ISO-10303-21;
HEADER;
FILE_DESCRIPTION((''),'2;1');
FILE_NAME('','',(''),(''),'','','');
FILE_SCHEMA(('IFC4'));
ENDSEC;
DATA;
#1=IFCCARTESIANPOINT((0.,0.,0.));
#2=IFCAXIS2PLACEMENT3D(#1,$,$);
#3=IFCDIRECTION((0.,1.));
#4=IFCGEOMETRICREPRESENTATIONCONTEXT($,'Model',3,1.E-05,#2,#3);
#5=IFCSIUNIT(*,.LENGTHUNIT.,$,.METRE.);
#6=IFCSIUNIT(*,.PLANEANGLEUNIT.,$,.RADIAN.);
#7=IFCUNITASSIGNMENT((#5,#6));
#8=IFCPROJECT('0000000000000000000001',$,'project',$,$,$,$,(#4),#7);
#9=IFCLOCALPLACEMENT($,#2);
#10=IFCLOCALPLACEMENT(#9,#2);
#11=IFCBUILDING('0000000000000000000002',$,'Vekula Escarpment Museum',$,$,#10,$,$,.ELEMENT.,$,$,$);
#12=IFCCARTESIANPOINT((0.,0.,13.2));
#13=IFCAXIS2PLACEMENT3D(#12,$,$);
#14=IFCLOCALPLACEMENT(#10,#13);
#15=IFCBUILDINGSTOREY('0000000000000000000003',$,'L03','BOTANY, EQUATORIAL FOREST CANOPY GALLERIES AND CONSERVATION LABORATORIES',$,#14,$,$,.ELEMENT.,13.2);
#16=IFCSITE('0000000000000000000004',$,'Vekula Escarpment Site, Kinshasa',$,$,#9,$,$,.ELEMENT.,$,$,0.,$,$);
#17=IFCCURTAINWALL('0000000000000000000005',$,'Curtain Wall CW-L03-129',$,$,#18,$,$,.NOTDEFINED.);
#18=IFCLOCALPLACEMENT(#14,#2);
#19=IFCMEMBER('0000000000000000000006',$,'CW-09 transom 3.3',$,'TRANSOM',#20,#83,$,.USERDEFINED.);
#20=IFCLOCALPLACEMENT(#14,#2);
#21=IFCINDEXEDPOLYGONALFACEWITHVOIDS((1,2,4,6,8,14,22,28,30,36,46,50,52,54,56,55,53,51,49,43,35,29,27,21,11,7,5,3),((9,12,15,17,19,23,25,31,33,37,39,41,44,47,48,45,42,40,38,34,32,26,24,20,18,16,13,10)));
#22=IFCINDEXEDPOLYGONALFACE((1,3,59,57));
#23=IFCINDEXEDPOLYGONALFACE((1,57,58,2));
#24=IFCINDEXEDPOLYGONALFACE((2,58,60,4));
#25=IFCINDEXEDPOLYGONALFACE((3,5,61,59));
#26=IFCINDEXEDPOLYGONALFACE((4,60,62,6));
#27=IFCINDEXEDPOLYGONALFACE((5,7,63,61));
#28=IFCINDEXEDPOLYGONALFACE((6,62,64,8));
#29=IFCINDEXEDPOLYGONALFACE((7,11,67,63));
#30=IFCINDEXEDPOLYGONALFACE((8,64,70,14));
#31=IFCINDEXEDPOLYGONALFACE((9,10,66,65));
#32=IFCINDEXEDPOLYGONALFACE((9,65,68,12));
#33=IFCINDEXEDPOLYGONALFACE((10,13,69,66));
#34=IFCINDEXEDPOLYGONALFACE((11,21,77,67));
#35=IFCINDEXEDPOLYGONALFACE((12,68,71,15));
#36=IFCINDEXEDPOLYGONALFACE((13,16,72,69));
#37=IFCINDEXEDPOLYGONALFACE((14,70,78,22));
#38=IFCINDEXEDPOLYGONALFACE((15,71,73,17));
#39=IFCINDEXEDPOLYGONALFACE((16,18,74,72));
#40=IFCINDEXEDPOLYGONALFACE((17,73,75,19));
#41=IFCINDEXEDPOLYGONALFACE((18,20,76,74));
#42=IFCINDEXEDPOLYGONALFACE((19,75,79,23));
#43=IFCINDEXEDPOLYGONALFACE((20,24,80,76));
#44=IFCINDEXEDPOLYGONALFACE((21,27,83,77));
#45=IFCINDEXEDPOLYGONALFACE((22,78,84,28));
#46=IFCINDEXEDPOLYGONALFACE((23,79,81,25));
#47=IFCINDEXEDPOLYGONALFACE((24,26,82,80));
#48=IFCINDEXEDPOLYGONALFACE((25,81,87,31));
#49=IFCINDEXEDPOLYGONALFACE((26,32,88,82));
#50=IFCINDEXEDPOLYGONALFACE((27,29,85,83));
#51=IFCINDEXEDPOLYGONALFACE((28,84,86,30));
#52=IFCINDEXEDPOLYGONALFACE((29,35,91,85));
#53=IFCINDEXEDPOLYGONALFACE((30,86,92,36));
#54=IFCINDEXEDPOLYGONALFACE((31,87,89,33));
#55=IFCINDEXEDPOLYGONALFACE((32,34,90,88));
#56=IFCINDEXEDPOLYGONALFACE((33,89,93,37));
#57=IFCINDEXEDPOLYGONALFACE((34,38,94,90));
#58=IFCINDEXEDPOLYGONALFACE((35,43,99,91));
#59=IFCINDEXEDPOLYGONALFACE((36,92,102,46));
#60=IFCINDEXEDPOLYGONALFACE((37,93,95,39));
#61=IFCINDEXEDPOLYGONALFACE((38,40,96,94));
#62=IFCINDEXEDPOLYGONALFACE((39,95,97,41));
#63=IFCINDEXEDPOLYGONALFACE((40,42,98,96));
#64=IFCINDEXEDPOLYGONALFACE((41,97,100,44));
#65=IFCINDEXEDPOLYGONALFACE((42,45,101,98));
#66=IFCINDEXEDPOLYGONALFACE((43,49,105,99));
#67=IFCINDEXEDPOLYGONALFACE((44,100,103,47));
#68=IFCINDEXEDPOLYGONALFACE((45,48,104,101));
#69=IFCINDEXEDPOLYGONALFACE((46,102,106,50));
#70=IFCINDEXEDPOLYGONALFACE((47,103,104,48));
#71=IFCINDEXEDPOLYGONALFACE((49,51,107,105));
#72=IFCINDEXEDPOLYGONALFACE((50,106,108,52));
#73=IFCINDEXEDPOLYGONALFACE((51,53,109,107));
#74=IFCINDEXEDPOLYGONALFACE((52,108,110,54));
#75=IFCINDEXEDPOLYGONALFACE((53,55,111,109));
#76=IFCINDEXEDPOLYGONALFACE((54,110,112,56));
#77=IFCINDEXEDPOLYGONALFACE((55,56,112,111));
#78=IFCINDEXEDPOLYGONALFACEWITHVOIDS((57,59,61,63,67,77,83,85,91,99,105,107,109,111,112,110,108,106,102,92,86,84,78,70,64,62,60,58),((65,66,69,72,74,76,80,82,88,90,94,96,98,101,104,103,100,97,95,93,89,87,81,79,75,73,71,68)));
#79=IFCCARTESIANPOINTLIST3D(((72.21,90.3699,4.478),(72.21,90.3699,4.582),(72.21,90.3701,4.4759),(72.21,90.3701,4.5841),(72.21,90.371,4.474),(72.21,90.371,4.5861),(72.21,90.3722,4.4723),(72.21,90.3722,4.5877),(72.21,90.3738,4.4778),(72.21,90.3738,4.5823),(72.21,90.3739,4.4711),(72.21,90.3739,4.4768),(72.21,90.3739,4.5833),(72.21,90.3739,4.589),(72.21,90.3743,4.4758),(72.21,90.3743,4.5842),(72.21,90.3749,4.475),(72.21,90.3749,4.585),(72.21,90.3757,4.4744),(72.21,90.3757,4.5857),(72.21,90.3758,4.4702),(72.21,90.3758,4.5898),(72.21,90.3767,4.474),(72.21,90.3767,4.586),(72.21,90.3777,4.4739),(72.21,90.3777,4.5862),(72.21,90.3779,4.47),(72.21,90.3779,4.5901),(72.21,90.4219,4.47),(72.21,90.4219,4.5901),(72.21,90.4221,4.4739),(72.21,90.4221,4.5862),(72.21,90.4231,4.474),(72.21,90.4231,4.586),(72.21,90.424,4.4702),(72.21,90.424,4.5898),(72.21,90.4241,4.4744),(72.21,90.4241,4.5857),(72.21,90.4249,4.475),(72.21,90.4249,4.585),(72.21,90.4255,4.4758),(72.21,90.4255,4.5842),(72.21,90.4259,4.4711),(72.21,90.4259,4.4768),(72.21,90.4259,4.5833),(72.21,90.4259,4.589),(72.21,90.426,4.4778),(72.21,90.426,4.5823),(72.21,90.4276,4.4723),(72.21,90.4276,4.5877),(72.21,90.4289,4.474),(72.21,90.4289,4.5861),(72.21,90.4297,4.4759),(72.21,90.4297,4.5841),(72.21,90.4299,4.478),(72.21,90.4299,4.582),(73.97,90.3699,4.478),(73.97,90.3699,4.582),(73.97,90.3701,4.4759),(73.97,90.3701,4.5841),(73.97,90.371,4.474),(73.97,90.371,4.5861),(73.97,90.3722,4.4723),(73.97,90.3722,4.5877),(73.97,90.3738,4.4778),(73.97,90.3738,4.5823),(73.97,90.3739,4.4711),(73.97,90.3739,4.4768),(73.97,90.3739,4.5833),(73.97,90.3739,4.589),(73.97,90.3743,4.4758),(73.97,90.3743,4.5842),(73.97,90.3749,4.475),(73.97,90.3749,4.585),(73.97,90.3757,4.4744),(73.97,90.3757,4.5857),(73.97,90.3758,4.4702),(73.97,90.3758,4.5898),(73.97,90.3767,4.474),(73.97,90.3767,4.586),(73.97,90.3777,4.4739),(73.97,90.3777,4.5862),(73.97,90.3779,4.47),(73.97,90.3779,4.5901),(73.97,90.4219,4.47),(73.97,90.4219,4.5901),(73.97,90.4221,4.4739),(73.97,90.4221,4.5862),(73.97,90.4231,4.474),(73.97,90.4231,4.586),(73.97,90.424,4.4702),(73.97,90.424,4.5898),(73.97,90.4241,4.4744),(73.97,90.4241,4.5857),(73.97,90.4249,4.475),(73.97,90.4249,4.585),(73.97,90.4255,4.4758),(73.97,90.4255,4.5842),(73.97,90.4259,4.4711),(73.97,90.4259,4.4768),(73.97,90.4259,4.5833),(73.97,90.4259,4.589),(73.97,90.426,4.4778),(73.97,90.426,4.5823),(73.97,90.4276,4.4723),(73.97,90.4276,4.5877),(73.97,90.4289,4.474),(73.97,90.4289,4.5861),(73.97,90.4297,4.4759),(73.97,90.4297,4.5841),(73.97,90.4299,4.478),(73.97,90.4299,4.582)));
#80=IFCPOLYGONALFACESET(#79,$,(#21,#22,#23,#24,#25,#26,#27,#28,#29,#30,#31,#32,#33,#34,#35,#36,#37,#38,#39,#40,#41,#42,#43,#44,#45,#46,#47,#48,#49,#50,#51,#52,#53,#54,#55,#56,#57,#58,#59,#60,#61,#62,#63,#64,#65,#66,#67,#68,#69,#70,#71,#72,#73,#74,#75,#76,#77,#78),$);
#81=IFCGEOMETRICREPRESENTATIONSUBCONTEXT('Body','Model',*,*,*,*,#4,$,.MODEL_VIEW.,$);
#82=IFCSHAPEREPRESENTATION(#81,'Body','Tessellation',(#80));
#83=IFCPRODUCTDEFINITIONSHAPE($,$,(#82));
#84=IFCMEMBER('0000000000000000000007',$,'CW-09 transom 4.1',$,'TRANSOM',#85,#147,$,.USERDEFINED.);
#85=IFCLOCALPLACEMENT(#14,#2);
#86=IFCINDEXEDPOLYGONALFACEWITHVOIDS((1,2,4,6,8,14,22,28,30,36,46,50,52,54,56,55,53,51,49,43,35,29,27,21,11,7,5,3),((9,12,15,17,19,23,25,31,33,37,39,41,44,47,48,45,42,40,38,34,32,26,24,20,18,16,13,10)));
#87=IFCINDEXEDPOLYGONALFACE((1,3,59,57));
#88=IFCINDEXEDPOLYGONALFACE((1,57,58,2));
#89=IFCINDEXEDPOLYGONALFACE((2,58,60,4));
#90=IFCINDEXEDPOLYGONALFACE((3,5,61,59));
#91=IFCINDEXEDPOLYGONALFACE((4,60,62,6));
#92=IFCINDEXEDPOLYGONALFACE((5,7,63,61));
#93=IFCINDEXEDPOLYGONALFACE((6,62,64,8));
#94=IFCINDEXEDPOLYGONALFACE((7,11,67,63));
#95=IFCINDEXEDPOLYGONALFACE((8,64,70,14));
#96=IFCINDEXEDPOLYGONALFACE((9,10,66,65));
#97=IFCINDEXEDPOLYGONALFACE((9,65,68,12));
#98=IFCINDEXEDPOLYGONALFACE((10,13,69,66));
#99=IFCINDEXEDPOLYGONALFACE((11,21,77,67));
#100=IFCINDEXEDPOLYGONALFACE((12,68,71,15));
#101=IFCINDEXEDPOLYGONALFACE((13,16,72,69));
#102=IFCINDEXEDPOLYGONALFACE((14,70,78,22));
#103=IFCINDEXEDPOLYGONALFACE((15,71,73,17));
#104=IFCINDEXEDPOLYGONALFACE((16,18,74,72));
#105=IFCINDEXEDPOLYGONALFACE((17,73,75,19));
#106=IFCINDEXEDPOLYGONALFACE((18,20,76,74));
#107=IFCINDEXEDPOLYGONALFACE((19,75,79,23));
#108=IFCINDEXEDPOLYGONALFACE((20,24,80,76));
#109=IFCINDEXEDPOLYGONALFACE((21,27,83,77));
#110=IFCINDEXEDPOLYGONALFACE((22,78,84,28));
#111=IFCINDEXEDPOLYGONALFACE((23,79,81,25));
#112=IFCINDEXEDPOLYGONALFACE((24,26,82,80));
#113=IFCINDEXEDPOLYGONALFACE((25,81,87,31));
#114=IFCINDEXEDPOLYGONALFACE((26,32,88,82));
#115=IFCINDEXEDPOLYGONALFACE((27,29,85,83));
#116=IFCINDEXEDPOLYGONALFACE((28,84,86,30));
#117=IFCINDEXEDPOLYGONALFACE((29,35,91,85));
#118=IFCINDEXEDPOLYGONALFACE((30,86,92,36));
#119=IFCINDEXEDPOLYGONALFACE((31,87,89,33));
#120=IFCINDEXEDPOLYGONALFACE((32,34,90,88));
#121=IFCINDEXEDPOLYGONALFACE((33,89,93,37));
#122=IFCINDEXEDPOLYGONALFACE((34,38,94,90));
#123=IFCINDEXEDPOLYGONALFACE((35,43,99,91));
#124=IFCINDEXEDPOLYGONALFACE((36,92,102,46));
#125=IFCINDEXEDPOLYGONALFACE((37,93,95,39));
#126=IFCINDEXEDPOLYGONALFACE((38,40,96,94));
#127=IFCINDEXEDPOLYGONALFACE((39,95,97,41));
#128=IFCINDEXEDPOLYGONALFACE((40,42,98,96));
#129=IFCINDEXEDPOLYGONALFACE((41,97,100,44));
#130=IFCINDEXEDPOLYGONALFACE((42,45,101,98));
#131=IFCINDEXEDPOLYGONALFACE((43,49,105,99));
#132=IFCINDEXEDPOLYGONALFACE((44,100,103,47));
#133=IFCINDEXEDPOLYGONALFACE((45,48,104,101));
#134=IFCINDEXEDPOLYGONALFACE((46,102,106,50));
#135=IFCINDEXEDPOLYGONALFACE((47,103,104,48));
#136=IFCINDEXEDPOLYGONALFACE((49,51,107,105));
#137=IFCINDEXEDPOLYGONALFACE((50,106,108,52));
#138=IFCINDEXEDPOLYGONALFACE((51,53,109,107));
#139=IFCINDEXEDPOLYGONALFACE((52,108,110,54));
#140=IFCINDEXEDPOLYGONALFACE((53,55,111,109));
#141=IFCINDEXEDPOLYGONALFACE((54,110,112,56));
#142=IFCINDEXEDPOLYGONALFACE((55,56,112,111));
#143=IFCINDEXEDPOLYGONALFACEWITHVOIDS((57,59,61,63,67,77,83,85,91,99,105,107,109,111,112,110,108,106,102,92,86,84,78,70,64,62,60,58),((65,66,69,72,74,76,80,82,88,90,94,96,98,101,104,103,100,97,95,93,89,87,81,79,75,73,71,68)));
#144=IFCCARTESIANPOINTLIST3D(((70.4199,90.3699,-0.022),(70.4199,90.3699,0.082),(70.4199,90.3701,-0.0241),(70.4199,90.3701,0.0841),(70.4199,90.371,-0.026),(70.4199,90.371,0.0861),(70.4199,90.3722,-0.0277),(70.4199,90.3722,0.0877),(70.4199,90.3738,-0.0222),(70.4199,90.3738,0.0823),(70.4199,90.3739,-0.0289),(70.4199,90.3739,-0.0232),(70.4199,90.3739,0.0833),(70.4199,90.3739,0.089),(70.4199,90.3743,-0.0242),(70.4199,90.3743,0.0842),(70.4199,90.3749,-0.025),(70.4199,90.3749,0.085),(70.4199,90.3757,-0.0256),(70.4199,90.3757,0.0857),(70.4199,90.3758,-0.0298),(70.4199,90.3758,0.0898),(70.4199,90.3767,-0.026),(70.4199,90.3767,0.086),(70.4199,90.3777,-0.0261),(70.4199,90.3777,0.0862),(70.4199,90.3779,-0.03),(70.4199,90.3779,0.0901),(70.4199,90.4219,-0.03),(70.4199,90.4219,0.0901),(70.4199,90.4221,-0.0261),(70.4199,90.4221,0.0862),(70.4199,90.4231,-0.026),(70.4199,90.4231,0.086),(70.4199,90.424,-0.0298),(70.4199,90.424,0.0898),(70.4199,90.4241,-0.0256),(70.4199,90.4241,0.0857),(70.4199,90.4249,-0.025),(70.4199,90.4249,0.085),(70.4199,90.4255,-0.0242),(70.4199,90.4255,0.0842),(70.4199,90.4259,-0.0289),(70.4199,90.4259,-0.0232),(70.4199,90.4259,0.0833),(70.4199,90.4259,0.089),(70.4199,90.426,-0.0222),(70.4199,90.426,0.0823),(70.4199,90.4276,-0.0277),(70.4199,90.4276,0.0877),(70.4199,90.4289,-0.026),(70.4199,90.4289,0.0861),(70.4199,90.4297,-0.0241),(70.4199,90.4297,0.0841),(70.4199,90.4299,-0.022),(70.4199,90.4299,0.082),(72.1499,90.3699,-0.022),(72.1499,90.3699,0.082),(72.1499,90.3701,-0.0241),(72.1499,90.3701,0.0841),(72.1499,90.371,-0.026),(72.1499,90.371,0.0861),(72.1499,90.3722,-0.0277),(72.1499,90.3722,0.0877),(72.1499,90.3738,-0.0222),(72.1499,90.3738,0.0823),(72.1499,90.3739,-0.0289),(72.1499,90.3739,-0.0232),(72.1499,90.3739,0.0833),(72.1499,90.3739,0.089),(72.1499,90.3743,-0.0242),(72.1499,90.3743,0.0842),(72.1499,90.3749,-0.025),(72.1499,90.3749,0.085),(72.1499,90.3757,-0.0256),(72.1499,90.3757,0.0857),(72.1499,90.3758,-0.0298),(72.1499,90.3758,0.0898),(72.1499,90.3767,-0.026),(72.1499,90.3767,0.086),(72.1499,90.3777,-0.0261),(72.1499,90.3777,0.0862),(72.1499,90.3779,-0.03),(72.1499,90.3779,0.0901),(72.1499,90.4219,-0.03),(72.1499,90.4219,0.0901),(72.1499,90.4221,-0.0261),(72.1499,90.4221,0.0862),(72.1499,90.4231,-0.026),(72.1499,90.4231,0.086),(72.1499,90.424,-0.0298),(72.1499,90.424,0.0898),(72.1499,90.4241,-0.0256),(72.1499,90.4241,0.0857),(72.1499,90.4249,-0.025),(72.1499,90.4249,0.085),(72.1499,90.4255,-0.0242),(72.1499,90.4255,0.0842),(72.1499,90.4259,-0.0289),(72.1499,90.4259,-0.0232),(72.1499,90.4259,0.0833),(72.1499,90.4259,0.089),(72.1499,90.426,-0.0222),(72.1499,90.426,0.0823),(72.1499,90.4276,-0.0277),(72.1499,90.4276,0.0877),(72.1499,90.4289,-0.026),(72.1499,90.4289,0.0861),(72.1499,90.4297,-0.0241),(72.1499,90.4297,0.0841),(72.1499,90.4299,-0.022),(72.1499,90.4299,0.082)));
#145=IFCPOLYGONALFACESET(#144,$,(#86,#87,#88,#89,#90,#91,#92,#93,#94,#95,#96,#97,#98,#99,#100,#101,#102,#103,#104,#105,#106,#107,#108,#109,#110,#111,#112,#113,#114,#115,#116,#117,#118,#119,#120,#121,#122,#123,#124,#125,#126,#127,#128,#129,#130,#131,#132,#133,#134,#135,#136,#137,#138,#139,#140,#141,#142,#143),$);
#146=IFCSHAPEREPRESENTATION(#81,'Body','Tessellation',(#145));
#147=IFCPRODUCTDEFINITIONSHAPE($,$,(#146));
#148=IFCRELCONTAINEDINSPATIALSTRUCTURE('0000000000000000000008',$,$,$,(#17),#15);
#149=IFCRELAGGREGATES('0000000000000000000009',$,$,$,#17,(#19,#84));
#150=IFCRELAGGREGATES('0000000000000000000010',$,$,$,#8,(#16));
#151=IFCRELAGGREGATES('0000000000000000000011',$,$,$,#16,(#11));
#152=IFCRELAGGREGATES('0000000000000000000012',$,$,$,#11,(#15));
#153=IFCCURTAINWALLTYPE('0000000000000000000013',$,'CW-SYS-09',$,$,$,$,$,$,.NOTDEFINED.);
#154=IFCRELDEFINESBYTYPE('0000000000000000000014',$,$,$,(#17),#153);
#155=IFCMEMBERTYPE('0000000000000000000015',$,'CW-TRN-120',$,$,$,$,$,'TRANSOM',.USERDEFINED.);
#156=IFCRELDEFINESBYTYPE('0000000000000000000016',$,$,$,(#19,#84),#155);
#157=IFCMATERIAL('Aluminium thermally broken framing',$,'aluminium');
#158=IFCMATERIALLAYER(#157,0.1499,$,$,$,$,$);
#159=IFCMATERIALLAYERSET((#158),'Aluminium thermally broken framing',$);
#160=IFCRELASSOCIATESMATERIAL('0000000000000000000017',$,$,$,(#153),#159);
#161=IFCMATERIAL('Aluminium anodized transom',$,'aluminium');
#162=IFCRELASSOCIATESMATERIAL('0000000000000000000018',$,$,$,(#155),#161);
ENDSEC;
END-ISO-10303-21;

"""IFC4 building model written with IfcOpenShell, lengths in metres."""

from ifc_helpers import new_model, si_unit, direction, frame, origin, origin_2d, place, context, subcontext, project, spatial, hollow_rectangle, extrude, material, layer, layer_set, material_profile, profile_set, type_object, element, aggregate, save


model = new_model("IFC4")

# Units and contexts
model_context = context("Model", 3, precision=1e-05, world=origin(), true_north=direction((0.0, 1.0)))
body_context = subcontext(model_context, "Body", "Model", "MODEL_VIEW")
ifc_project = project(units=[si_unit("LENGTHUNIT", "METRE"), si_unit("PLANEANGLEUNIT", "RADIAN")], contexts=[model_context])

# Site, building, storey
site_placement = place(None, origin())
site = spatial("IfcSite", under=ifc_project, at=site_placement, Name="Vekula Escarpment Site, Kinshasa", CompositionType="ELEMENT", RefElevation=0.0)
building_placement = place(site_placement, origin())
building = spatial("IfcBuilding", under=site, at=building_placement, Name="Vekula Escarpment Museum", CompositionType="ELEMENT")
storey_placement = place(building_placement, frame((0.0, 0.0, 13.2)))
storey = spatial("IfcBuildingStorey", under=building, at=storey_placement, Name="L03", Description="BOTANY, EQUATORIAL FOREST CANOPY GALLERIES AND CONSERVATION LABORATORIES", CompositionType="ELEMENT", Elevation=13.2)

# Curtain wall
ifc_material_1 = material(Name="Aluminium thermally broken framing", Category="aluminium")
ifc_layer_1 = layer(ifc_material_1, 0.1499)
ifc_layer_set_1 = layer_set([ifc_layer_1], Name="Aluminium thermally broken framing")
curtain_wall_type_1 = type_object("IfcCurtainWallType", Name="CW-SYS-09", PredefinedType="NOTDEFINED", material=ifc_layer_set_1)
curtain_wall_1_placement = place(storey_placement, origin())
curtain_wall_1 = element("IfcCurtainWall", 1, at=curtain_wall_1_placement, inside=storey, type_object=curtain_wall_type_1, Name="Curtain Wall CW-L03-129", PredefinedType="NOTDEFINED")

# Members
ifc_material_2 = material(Name="Aluminium anodized transom", Category="aluminium")
ifc_material_profile_1 = material_profile(ifc_material_2, hollow_rectangle(XDim=0.0601, YDim=0.1201, WallThickness=0.0039, InnerFilletRadius=0.0039, OuterFilletRadius=0.0081, at=origin_2d()), Name="ALU 120x60x4")
ifc_profile_set_1 = profile_set([ifc_material_profile_1], Name="Aluminium anodized transom")
member_type_1 = type_object("IfcMemberType", Name="CW-TRN-120", ElementType="TRANSOM", PredefinedType="USERDEFINED", material=ifc_profile_set_1)
member_1_placement = place(storey_placement, frame((73.97, 90.3999, 4.53), z_axis=(-1.0, 0.0, 0.0), x_axis=(0.0, -1.0, 0.0)))
member_1 = element("IfcMember", 2, at=member_1_placement, type_object=member_type_1, Name="CW-09 transom 3.3", ObjectType="TRANSOM", PredefinedType="USERDEFINED", context=body_context, shape_type="SweptSolid", body=[
    extrude(hollow_rectangle(XDim=0.0601, YDim=0.1201, WallThickness=0.0039, InnerFilletRadius=0.0039, OuterFilletRadius=0.0081, at=origin_2d()), origin(), (0.0, 0.0, 1.0), 1.76),
])
member_2_placement = place(storey_placement, frame((72.1499, 90.3999, 0.03), z_axis=(-1.0, 0.0, 0.0), x_axis=(0.0, -1.0, 0.0)))
member_2 = element("IfcMember", 3, at=member_2_placement, type_object=member_type_1, Name="CW-09 transom 4.1", ObjectType="TRANSOM", PredefinedType="USERDEFINED", context=body_context, shape_type="SweptSolid", body=[
    extrude(hollow_rectangle(XDim=0.0601, YDim=0.1201, WallThickness=0.0039, InnerFilletRadius=0.0039, OuterFilletRadius=0.0081, at=origin_2d()), origin(), (0.0, 0.0, 1.0), 1.73),
])

aggregate(curtain_wall_1, [member_1, member_2])

save(model, "model.ifc")
